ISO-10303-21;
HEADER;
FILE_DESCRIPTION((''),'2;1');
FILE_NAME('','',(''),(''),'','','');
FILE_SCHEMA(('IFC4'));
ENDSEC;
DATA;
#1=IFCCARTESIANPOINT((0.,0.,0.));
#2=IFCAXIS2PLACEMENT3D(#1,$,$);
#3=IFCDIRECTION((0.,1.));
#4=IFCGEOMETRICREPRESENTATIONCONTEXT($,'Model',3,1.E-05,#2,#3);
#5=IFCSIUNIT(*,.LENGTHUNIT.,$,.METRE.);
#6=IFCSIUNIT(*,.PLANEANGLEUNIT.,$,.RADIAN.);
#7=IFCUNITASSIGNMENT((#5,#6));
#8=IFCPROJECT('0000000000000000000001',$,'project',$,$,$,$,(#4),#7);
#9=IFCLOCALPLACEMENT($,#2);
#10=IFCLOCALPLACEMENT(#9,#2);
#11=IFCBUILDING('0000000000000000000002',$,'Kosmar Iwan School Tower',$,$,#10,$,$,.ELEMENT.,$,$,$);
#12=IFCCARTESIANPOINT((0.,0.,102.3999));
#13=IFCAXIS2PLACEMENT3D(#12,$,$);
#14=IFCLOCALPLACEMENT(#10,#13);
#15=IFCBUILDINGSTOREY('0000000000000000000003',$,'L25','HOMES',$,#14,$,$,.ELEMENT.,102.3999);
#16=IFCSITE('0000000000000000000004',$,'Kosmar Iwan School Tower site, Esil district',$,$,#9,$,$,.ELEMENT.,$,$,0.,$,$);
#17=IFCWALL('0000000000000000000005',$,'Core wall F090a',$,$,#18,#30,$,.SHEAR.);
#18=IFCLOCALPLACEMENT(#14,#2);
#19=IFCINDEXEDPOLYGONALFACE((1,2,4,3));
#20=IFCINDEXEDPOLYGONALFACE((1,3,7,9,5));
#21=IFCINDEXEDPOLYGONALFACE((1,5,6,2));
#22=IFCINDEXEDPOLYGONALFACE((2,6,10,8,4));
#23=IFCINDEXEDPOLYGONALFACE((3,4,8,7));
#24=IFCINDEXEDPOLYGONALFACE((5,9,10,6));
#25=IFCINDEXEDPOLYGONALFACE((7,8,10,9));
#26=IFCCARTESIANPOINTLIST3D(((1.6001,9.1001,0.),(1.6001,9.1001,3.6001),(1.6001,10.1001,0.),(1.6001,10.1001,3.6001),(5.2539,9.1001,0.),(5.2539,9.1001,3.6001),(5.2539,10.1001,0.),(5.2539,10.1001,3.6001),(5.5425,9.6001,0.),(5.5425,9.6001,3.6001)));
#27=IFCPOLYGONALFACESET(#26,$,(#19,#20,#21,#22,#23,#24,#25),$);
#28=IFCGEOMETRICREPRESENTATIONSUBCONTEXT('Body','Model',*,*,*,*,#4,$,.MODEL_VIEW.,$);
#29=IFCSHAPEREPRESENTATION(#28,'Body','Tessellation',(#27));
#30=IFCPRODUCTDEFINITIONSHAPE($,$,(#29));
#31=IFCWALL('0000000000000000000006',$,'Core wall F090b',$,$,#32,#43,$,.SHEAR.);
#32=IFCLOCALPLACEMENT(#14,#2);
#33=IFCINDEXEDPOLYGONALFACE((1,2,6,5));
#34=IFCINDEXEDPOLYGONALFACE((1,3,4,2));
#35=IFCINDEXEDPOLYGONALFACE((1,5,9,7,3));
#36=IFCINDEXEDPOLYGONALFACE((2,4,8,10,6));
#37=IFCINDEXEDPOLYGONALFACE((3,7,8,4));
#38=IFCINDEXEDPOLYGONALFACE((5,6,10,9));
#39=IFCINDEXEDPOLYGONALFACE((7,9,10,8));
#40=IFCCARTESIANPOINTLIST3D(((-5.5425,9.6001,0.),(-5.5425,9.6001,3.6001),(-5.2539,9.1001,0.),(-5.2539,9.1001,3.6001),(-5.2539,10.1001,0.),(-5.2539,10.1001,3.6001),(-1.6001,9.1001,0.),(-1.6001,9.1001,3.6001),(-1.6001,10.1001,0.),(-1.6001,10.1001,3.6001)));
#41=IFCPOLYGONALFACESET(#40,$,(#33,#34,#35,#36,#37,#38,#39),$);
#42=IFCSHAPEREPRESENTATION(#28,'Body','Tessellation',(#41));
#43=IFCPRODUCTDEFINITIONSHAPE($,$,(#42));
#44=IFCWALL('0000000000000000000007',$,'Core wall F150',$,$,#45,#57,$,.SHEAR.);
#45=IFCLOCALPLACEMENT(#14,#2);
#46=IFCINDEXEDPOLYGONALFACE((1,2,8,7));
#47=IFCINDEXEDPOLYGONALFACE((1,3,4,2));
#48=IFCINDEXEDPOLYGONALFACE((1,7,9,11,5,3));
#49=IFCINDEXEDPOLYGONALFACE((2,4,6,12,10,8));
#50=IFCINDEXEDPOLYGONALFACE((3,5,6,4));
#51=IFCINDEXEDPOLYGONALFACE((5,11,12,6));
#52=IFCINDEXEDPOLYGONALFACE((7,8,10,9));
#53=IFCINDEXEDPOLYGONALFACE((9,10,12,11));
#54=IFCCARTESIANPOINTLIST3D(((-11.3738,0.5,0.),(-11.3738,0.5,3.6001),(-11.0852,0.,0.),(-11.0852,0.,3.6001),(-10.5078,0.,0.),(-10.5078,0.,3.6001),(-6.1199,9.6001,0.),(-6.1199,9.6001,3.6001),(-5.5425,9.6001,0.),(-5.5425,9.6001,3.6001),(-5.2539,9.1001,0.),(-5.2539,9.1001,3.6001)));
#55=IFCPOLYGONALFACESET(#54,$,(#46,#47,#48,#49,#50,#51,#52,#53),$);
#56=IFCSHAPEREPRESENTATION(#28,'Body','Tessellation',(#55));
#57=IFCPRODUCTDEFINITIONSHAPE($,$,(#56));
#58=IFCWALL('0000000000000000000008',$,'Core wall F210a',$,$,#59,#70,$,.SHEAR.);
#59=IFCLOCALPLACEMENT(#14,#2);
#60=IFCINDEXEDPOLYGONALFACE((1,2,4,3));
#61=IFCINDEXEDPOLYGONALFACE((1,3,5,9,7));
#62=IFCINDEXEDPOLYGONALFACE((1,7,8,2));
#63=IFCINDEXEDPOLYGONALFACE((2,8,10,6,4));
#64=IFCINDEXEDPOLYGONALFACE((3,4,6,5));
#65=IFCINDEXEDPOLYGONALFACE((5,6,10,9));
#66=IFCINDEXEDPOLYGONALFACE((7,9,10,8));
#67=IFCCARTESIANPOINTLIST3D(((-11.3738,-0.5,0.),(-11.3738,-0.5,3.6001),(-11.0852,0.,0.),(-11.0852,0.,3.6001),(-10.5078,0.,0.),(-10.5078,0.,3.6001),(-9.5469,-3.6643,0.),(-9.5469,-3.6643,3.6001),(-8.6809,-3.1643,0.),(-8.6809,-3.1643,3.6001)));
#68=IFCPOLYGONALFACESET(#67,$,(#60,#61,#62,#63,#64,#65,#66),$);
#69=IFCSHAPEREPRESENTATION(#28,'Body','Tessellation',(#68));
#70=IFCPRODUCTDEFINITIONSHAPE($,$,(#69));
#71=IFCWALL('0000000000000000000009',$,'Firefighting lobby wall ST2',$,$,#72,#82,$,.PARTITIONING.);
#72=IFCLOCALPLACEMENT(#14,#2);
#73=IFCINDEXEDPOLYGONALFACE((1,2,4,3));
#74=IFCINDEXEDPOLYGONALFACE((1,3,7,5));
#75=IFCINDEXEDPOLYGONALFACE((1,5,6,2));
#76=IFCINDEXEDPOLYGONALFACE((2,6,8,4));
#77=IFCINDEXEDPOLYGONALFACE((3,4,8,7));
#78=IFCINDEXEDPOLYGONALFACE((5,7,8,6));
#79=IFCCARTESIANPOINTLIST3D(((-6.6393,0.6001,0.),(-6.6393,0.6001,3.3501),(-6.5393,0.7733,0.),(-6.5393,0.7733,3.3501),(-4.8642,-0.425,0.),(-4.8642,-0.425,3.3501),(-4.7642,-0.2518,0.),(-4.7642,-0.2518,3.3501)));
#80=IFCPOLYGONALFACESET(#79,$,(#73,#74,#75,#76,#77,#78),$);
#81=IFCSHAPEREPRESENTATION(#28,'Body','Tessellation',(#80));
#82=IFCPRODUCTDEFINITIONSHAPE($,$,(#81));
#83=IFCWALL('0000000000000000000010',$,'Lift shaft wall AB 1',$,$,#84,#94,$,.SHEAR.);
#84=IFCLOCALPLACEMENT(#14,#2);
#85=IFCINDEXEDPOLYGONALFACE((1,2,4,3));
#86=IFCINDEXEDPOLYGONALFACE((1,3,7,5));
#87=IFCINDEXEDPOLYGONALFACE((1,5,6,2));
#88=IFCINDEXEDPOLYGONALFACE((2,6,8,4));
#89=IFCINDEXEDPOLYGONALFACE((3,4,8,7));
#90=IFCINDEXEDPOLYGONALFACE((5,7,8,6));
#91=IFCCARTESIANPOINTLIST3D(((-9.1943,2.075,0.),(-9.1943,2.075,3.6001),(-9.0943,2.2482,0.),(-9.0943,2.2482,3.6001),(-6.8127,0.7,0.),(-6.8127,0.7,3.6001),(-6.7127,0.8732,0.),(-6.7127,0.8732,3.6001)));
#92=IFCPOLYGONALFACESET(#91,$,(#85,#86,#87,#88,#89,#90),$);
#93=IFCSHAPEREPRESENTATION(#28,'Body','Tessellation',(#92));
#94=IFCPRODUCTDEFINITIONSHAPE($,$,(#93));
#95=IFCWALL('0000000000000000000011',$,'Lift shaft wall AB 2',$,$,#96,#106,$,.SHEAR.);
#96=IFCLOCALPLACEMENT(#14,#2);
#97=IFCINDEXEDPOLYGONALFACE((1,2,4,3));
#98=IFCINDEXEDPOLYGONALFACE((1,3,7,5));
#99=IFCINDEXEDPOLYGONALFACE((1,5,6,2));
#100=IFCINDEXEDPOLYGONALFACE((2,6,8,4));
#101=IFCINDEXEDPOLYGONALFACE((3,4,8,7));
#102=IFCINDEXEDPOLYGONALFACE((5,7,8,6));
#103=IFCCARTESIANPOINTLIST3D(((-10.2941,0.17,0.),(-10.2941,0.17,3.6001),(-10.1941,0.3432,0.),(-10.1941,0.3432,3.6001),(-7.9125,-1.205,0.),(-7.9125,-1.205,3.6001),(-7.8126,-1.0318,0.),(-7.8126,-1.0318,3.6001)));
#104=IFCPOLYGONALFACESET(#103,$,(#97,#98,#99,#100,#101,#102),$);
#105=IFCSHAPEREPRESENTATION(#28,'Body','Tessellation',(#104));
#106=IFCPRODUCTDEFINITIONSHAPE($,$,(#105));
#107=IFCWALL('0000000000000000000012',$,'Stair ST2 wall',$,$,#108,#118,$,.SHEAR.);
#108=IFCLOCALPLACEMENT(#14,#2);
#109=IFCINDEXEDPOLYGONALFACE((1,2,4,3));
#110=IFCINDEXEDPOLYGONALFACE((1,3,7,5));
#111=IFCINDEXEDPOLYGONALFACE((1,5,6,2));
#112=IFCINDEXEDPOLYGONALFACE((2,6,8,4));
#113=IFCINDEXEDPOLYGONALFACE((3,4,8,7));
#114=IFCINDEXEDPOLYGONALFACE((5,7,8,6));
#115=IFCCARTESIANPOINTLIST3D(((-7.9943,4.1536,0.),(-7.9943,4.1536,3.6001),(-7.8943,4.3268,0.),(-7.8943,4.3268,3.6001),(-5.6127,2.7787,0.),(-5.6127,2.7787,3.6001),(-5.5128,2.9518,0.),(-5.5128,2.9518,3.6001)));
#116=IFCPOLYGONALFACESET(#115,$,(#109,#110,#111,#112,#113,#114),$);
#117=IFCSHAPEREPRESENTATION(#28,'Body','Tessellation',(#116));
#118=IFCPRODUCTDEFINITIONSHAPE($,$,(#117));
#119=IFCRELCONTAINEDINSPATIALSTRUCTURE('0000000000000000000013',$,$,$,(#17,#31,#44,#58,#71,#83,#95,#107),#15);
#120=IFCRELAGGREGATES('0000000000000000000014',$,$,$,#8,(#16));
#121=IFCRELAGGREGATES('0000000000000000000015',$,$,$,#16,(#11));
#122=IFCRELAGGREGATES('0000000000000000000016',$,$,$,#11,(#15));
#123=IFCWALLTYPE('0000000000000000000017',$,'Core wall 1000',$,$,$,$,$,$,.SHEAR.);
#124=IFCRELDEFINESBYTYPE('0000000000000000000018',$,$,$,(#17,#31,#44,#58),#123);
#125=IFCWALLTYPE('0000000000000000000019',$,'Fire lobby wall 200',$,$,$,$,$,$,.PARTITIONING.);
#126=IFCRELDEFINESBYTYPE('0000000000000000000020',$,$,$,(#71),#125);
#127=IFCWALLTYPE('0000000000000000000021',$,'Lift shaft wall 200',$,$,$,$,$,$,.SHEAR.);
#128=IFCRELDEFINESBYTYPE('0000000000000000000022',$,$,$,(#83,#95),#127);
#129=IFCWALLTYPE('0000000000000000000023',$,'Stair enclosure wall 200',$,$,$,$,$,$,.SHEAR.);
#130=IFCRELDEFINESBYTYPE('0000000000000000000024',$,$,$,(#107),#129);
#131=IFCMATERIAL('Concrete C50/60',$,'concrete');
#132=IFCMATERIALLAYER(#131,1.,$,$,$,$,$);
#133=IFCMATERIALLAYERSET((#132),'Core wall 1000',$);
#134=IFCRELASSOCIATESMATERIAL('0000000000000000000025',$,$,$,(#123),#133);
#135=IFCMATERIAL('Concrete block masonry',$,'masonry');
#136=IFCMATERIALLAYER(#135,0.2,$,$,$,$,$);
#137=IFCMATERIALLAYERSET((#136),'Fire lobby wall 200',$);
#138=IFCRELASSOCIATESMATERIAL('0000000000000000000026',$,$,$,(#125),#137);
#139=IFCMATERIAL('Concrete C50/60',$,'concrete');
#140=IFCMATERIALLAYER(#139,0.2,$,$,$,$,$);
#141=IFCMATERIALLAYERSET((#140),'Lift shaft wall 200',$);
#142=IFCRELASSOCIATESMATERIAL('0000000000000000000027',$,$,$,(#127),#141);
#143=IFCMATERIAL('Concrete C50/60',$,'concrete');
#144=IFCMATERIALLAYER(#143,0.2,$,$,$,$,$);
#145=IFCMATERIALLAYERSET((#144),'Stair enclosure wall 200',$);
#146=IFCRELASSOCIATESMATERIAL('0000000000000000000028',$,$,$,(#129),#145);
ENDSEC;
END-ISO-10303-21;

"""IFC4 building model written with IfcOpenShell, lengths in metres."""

from ifc_helpers import new_model, si_unit, direction, frame, frame_2d, origin, place, context, subcontext, project, spatial, polyline, rectangle, outline, extrude, material, layer, layer_set, type_object, element, save


model = new_model("IFC4")

# Units and contexts
model_context = context("Model", 3, precision=1e-05, world=origin(), true_north=direction((0.0, 1.0)))
body_context = subcontext(model_context, "Body", "Model", "MODEL_VIEW")
ifc_project = project(units=[si_unit("LENGTHUNIT", "METRE"), si_unit("PLANEANGLEUNIT", "RADIAN")], contexts=[model_context])

# Site, building, storey
site_placement = place(None, origin())
site = spatial("IfcSite", under=ifc_project, at=site_placement, Name="Kosmar Iwan School Tower site, Esil district", CompositionType="ELEMENT", RefElevation=0.0)
building_placement = place(site_placement, origin())
building = spatial("IfcBuilding", under=site, at=building_placement, Name="Kosmar Iwan School Tower", CompositionType="ELEMENT")
storey_placement = place(building_placement, frame((0.0, 0.0, 102.3999)))
storey = spatial("IfcBuildingStorey", under=building, at=storey_placement, Name="L25", Description="HOMES", CompositionType="ELEMENT", Elevation=102.3999)

# Walls
ifc_material_1 = material(Name="Concrete C50/60", Category="concrete")
ifc_layer_1 = layer(ifc_material_1, 1.0)
ifc_layer_set_1 = layer_set([ifc_layer_1], Name="Core wall 1000")
wall_type_1 = type_object("IfcWallType", Name="Core wall 1000", PredefinedType="SHEAR", material=ifc_layer_set_1)
wall_1_placement = place(storey_placement, origin())
element("IfcWall", 1, at=wall_1_placement, inside=storey, type_object=wall_type_1, Name="Core wall F090a", PredefinedType="SHEAR", context=body_context, shape_type="SweptSolid", body=[
    extrude(outline(polyline([(1.6001, 9.1001), (5.2539, 9.1001), (5.5425, 9.6001), (5.2539, 10.1001), (1.6001, 10.1001), (1.6001, 9.1001)])), origin(), (0.0, 0.0, 1.0), 3.6001),
])
wall_2_placement = place(storey_placement, origin())
element("IfcWall", 2, at=wall_2_placement, inside=storey, type_object=wall_type_1, Name="Core wall F090b", PredefinedType="SHEAR", context=body_context, shape_type="SweptSolid", body=[
    extrude(outline(polyline([(-5.2539, 9.1001), (-1.6001, 9.1001), (-1.6001, 10.1001), (-5.2539, 10.1001), (-5.5425, 9.6001), (-5.2539, 9.1001)])), origin(), (0.0, 0.0, 1.0), 3.6001),
])
wall_3_placement = place(storey_placement, origin())
element("IfcWall", 3, at=wall_3_placement, inside=storey, type_object=wall_type_1, Name="Core wall F150", PredefinedType="SHEAR", context=body_context, shape_type="SweptSolid", body=[
    extrude(outline(polyline([(-11.0852, 0.0), (-10.5078, 0.0), (-5.2539, 9.1001), (-5.5425, 9.6001), (-6.1199, 9.6001), (-11.3738, 0.5), (-11.0852, 0.0)])), origin(), (0.0, 0.0, 1.0), 3.6001),
])
wall_4_placement = place(storey_placement, origin())
element("IfcWall", 4, at=wall_4_placement, inside=storey, type_object=wall_type_1, Name="Core wall F210a", PredefinedType="SHEAR", context=body_context, shape_type="SweptSolid", body=[
    extrude(outline(polyline([(-9.5469, -3.6643), (-8.6809, -3.1643), (-10.5078, 0.0), (-11.0852, 0.0), (-11.3738, -0.5), (-9.5469, -3.6643)])), origin(), (0.0, 0.0, 1.0), 3.6001),
])
ifc_material_2 = material(Name="Concrete block masonry", Category="masonry")
ifc_layer_2 = layer(ifc_material_2, 0.2)
ifc_layer_set_2 = layer_set([ifc_layer_2], Name="Fire lobby wall 200")
wall_type_2 = type_object("IfcWallType", Name="Fire lobby wall 200", PredefinedType="PARTITIONING", material=ifc_layer_set_2)
wall_5_placement = place(storey_placement, frame((-4.8142, -0.3384, 0.0), z_axis=(0.0, 0.0, 1.0), x_axis=(-0.865969, 0.500097, 0.0)))
element("IfcWall", 5, at=wall_5_placement, inside=storey, type_object=wall_type_2, Name="Firefighting lobby wall ST2", PredefinedType="PARTITIONING", context=body_context, shape_type="SweptSolid", body=[
    extrude(rectangle(XDim=2.0498, YDim=0.2, at=frame_2d((1.0249, 0.0))), origin(), (0.0, 0.0, 1.0), 3.3501),
])
ifc_material_3 = material(Name="Concrete C50/60", Category="concrete")
ifc_layer_3 = layer(ifc_material_3, 0.2)
ifc_layer_set_3 = layer_set([ifc_layer_3], Name="Lift shaft wall 200")
wall_type_3 = type_object("IfcWallType", Name="Lift shaft wall 200", PredefinedType="SHEAR", material=ifc_layer_set_3)
for number, where, z_axis, x_axis, name in (
    (6, (-6.7627, 0.7866, 0.0), (0.0, 0.0, 1.0), (-0.866027, 0.499997, 0.0), "Lift shaft wall AB 1"),
    (7, (-7.8625, -1.1184, 0.0), (0.0, 0.0, 1.0), (-0.866027, 0.499997, 0.0), "Lift shaft wall AB 2"),
):
    element("IfcWall", number, at=place(storey_placement, frame(where, z_axis=z_axis, x_axis=x_axis)), inside=storey, type_object=wall_type_3, Name=name, PredefinedType="SHEAR", context=body_context, shape_type="SweptSolid", body=[
        extrude(rectangle(XDim=2.75, YDim=0.2, at=frame_2d((1.375, 0.0))), origin(), (0.0, 0.0, 1.0), 3.6001),
    ])
ifc_material_4 = material(Name="Concrete C50/60", Category="concrete")
ifc_layer_4 = layer(ifc_material_4, 0.2)
ifc_layer_set_4 = layer_set([ifc_layer_4], Name="Stair enclosure wall 200")
wall_type_4 = type_object("IfcWallType", Name="Stair enclosure wall 200", PredefinedType="SHEAR", material=ifc_layer_set_4)
wall_6_placement = place(storey_placement, frame((-5.5627, 2.8652, 0.0), z_axis=(0.0, 0.0, 1.0), x_axis=(-0.866027, 0.499997, 0.0)))
element("IfcWall", 8, at=wall_6_placement, inside=storey, type_object=wall_type_4, Name="Stair ST2 wall", PredefinedType="SHEAR", context=body_context, shape_type="SweptSolid", body=[
    extrude(rectangle(XDim=2.75, YDim=0.2, at=frame_2d((1.375, 0.0))), origin(), (0.0, 0.0, 1.0), 3.6001),
])

save(model, "model.ifc")
